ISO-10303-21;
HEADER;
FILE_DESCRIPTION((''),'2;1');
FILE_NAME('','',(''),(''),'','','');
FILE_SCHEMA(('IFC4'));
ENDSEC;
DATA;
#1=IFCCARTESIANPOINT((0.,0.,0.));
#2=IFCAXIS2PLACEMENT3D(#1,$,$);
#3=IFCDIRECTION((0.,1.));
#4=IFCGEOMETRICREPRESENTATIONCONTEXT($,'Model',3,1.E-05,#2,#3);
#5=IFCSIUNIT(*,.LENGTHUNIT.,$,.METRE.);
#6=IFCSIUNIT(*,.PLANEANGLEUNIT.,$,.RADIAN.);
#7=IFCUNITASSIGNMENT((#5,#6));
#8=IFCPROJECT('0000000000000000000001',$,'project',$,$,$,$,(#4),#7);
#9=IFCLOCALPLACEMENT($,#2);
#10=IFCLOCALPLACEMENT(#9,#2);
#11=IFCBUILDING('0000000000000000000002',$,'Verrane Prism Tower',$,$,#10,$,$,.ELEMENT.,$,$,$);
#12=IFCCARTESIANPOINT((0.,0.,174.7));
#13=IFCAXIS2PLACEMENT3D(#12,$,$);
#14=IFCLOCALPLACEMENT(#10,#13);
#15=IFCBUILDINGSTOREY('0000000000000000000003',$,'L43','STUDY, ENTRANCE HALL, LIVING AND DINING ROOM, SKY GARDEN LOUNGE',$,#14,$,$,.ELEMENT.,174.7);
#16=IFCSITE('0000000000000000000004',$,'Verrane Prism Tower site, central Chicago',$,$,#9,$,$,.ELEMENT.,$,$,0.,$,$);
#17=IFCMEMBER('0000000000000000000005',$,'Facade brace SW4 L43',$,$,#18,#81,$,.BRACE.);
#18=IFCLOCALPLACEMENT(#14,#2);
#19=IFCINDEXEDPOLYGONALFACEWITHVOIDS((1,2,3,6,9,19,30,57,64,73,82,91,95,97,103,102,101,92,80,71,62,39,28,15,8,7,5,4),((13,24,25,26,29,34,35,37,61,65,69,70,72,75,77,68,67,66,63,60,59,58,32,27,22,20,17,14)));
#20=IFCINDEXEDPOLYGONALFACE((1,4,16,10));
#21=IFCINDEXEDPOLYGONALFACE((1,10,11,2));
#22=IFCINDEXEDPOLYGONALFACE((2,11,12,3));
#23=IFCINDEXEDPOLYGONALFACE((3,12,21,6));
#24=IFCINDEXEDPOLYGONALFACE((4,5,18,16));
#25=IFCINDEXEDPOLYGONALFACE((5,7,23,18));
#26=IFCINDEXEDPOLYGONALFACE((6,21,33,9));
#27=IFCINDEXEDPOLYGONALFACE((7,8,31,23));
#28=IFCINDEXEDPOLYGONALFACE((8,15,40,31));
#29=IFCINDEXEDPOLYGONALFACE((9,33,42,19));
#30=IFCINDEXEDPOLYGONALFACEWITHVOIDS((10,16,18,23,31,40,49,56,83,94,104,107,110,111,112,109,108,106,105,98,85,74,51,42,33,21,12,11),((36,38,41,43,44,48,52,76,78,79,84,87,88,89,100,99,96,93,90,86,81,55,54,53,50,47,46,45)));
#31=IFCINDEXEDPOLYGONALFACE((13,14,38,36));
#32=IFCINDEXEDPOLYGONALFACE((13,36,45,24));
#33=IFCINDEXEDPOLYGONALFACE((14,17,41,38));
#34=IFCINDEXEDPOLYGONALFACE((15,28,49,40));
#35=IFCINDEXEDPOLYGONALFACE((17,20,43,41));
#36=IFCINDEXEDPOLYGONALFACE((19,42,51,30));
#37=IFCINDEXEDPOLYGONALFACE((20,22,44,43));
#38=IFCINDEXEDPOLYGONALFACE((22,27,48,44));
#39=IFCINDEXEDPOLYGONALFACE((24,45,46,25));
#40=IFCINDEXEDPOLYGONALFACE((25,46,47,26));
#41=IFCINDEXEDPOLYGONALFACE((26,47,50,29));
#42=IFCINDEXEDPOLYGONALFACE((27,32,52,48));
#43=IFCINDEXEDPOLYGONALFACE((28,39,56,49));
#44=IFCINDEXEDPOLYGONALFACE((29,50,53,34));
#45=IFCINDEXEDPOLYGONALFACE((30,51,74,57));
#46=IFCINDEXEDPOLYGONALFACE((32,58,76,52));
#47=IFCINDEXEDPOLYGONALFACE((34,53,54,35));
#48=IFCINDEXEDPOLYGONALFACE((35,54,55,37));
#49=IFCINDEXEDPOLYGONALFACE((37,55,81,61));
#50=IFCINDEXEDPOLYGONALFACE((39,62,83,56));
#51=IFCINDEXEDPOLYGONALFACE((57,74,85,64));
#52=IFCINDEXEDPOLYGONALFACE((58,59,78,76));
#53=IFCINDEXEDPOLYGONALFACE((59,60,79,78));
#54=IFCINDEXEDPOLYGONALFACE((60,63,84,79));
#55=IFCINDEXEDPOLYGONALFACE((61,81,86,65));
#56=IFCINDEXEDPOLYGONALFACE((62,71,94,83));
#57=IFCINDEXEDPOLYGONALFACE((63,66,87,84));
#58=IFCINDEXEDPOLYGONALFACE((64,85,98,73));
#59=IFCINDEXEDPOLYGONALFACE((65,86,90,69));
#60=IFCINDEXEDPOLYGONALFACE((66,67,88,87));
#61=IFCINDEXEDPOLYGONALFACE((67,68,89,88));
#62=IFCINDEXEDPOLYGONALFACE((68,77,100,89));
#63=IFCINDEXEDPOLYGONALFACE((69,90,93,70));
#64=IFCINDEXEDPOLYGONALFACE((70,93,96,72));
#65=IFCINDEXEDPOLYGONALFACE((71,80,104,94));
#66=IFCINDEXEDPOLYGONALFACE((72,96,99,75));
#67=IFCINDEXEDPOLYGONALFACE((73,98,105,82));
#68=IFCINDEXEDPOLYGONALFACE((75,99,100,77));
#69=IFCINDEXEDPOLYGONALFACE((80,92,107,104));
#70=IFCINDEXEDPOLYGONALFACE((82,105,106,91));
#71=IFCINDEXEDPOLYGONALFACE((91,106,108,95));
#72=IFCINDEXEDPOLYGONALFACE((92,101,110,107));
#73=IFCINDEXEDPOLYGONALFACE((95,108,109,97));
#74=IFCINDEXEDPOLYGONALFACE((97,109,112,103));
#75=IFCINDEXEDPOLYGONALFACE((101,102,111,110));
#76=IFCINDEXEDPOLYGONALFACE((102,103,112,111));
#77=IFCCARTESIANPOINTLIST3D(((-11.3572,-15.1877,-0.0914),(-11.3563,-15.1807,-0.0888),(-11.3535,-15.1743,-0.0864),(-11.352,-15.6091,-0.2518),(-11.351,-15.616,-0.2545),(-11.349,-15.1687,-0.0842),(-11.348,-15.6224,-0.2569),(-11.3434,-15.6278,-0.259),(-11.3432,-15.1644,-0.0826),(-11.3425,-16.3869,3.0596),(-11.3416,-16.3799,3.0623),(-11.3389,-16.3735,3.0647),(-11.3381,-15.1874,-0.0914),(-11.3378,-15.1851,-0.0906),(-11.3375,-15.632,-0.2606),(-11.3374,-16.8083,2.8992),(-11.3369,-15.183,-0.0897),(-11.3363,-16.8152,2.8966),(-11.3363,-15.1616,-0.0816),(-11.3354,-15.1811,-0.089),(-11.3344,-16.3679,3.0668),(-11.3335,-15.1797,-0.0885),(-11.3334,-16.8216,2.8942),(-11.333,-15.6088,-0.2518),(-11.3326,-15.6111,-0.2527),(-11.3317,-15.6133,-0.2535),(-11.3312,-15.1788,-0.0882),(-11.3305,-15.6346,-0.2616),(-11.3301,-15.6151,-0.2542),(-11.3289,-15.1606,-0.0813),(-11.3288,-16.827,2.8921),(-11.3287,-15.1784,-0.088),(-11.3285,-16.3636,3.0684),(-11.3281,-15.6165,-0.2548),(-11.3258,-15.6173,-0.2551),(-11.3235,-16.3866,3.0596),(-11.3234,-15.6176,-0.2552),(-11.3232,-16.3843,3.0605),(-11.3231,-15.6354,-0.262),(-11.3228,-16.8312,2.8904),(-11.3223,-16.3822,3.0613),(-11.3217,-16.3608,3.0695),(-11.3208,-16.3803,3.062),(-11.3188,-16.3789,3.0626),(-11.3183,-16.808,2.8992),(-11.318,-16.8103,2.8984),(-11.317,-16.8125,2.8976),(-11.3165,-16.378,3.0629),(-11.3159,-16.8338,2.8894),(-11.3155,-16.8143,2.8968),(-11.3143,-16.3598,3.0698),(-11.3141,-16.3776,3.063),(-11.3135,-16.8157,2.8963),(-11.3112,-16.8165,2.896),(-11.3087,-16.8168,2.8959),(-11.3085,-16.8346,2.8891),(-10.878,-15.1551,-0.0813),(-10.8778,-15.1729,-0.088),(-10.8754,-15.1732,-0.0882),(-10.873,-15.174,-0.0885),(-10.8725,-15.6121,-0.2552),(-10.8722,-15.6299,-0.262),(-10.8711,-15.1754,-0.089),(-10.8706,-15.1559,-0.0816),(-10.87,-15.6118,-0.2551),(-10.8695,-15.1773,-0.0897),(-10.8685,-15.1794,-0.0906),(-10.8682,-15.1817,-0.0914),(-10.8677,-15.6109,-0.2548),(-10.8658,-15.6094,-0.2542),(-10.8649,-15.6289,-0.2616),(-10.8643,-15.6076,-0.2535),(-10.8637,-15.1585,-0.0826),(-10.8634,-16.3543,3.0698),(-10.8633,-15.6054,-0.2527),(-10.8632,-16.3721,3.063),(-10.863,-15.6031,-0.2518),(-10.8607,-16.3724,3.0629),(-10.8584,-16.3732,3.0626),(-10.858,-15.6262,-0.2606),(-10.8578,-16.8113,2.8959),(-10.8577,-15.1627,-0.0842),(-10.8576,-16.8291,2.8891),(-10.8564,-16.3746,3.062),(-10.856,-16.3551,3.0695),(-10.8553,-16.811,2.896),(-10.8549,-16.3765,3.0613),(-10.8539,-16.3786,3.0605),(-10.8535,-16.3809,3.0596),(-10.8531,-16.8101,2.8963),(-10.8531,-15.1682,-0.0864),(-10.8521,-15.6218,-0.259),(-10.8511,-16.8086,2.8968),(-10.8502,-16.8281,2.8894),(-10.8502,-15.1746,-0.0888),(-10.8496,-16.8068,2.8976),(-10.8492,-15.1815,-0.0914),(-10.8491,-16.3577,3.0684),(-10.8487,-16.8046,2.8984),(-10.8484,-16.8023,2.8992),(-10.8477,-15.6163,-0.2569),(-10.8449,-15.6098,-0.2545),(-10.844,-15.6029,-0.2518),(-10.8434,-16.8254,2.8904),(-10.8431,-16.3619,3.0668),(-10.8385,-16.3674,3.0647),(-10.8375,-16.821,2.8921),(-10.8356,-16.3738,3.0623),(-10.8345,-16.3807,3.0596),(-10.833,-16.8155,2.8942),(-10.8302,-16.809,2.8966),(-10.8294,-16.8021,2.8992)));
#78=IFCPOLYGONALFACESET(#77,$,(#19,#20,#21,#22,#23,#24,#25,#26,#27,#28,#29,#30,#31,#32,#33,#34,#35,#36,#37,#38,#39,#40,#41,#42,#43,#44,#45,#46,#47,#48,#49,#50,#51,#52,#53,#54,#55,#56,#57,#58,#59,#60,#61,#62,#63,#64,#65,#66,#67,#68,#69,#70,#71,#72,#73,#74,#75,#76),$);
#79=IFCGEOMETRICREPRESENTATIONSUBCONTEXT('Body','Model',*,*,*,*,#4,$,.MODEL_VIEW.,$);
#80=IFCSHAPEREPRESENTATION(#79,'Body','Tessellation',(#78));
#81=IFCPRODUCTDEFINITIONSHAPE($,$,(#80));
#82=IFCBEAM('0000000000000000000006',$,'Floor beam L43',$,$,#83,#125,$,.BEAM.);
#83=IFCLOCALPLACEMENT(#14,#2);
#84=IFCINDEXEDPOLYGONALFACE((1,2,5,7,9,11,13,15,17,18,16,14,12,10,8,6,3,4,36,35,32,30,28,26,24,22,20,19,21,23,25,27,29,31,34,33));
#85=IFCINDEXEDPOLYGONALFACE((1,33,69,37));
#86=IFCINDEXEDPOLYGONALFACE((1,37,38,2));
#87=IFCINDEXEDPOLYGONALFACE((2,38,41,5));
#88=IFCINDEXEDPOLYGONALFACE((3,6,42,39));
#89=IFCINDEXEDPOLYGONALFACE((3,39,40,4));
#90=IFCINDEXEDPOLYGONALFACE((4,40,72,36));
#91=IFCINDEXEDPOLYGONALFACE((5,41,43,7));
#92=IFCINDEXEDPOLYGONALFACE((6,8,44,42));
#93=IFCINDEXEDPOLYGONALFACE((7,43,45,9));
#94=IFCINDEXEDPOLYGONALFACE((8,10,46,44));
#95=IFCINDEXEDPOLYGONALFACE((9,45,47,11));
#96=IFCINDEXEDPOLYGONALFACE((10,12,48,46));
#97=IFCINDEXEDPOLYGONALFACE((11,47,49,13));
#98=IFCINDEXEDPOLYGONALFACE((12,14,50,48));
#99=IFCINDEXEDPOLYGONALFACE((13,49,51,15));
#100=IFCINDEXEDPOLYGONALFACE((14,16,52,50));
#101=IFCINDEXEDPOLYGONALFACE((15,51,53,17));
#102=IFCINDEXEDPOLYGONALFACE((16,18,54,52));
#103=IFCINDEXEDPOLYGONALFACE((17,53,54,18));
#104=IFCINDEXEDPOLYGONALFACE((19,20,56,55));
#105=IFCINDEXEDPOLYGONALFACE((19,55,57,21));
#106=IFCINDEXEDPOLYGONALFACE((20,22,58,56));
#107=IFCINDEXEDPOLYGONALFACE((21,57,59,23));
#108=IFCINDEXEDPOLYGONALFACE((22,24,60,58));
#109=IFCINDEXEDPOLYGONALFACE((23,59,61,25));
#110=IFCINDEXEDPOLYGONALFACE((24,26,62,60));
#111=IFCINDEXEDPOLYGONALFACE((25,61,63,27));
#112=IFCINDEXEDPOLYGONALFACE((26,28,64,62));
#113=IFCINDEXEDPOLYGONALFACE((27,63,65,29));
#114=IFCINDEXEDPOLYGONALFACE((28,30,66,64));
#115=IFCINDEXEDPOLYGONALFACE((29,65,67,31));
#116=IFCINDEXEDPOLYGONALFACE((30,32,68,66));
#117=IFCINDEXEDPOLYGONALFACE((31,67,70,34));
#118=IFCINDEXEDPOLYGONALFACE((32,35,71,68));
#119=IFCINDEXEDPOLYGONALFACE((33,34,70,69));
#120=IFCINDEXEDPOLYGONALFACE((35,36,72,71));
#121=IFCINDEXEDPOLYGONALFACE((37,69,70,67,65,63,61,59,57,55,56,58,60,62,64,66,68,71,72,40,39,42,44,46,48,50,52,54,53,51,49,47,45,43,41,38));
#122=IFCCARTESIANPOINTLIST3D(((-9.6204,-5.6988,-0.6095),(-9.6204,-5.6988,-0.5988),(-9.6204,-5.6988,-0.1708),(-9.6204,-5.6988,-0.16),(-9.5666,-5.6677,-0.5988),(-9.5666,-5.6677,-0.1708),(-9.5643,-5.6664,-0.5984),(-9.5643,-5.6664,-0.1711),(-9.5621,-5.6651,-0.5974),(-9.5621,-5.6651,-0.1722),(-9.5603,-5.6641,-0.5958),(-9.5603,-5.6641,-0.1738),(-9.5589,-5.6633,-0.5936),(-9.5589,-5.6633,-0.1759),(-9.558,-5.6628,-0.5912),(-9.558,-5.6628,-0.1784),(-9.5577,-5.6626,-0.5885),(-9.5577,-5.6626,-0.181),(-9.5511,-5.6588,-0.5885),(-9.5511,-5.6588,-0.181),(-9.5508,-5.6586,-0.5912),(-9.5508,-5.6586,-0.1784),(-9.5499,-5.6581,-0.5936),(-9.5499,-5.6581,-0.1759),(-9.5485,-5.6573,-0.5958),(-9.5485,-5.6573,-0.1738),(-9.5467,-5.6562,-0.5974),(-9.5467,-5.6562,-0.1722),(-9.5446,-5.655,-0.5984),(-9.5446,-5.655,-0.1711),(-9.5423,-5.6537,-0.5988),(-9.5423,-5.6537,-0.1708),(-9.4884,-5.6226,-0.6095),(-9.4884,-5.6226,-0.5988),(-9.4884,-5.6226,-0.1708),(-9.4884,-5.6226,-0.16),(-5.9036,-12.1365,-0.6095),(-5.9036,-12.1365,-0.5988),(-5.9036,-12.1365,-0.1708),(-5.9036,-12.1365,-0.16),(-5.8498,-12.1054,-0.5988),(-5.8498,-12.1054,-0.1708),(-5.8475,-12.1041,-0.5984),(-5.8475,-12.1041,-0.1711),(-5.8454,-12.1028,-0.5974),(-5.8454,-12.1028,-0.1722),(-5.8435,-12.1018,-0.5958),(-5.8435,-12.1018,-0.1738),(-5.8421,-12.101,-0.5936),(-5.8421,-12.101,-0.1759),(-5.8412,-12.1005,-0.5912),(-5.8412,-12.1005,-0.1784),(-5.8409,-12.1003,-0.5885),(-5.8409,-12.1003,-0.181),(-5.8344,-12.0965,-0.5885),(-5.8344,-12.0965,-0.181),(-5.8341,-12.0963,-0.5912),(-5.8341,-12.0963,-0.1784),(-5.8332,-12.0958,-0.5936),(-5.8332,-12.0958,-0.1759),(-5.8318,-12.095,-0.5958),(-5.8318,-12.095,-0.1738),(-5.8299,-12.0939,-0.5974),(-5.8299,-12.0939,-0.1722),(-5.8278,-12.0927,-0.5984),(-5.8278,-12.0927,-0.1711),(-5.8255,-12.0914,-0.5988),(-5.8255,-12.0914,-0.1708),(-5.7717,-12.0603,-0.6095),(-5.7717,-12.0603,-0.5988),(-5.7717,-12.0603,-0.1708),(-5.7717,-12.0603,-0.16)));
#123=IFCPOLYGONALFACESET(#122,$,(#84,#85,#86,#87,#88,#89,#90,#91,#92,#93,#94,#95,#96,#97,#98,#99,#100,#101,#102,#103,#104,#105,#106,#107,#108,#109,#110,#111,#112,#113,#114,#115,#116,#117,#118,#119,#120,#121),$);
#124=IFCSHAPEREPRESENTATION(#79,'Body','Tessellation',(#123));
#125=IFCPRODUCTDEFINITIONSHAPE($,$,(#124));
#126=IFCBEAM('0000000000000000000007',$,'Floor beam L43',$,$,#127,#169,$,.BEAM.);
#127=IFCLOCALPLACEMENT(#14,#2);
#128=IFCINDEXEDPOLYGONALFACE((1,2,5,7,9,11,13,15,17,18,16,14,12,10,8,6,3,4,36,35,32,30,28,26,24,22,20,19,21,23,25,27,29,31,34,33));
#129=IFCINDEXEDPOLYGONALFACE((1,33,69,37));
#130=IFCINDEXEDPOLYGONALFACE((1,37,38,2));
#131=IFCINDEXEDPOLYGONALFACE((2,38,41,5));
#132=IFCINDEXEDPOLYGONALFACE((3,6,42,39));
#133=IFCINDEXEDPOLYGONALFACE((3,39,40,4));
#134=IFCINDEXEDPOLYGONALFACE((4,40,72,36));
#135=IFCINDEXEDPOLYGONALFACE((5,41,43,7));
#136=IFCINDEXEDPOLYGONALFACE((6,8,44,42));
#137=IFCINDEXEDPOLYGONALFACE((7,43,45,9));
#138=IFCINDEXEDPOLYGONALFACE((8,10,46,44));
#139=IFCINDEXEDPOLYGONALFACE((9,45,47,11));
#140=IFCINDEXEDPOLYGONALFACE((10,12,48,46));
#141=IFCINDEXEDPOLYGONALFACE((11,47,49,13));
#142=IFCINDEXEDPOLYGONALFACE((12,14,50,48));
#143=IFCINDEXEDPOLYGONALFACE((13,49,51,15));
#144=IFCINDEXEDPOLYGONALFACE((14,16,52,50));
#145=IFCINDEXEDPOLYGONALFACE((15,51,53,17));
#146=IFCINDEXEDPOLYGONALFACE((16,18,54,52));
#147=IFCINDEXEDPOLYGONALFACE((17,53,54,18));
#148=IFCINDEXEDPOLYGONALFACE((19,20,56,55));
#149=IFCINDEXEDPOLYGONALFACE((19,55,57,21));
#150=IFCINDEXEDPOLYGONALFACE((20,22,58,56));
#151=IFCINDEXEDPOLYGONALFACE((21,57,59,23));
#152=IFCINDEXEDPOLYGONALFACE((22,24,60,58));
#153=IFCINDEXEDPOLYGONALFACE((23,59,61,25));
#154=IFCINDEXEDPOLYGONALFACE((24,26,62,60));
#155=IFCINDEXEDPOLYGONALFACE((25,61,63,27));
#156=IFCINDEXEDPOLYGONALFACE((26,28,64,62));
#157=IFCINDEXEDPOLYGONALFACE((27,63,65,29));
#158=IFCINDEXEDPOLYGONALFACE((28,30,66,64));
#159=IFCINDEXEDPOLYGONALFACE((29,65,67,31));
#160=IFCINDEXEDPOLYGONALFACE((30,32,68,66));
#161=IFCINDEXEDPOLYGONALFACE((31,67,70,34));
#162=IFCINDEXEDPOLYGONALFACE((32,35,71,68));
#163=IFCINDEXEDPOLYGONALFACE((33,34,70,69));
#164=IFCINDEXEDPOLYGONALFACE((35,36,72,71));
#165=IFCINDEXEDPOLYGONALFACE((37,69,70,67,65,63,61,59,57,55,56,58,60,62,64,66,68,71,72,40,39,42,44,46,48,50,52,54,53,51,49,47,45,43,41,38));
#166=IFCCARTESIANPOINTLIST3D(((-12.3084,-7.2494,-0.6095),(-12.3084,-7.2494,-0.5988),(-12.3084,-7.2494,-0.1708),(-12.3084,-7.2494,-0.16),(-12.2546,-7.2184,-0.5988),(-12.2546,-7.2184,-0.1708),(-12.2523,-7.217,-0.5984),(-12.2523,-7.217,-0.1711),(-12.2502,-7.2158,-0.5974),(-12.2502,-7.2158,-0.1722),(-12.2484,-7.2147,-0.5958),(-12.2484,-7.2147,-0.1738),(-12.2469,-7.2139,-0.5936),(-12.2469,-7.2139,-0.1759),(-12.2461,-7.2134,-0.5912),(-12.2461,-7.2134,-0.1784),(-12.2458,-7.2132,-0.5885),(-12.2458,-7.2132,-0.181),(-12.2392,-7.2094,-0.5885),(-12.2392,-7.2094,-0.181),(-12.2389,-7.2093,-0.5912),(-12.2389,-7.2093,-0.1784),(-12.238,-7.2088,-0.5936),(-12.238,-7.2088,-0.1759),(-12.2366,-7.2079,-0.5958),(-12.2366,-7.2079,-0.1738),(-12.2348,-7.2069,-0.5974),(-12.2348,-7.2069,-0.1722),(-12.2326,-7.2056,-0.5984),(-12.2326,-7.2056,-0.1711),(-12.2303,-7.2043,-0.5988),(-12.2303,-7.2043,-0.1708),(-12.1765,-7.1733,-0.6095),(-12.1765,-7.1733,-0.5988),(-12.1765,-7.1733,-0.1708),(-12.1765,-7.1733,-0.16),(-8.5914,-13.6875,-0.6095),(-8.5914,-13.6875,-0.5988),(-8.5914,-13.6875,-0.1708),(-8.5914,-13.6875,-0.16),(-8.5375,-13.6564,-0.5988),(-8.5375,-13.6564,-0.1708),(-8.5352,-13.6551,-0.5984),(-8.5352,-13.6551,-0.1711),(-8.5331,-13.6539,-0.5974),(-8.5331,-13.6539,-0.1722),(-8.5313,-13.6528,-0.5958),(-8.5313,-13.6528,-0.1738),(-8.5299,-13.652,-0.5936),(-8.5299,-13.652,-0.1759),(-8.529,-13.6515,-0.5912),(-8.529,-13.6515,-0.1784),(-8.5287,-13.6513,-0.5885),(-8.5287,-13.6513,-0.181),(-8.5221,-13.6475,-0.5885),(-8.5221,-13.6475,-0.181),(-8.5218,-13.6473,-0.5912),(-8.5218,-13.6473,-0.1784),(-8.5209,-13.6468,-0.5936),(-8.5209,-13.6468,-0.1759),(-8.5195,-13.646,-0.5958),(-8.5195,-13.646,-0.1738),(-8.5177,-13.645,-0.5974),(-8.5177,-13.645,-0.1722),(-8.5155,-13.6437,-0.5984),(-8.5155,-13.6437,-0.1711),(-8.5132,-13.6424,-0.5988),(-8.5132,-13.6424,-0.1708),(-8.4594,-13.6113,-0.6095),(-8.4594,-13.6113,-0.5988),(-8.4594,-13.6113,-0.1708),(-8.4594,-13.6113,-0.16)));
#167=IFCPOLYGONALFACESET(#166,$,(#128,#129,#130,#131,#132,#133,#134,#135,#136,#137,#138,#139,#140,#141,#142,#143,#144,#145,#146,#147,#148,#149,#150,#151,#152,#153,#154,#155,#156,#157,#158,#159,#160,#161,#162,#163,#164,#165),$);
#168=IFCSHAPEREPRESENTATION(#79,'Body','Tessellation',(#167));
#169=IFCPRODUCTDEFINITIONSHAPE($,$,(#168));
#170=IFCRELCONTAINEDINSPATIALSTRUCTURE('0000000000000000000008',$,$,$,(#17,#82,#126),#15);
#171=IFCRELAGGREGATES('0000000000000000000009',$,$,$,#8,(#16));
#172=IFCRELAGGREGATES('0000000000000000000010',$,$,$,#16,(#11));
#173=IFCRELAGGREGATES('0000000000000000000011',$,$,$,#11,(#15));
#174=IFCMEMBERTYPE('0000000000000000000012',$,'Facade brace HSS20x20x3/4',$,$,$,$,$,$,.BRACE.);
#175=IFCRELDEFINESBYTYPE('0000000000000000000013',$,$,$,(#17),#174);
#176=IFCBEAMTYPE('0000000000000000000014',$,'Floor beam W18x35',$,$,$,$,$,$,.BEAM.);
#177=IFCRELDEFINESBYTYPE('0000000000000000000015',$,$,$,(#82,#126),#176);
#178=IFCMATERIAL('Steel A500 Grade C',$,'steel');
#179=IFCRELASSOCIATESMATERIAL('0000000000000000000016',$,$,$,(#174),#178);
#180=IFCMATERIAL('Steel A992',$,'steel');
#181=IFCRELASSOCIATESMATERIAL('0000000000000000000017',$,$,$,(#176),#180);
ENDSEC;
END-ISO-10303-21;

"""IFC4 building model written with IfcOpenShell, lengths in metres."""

from ifc_helpers import new_model, si_unit, direction, frame, origin, origin_2d, place, context, subcontext, project, spatial, hollow_rectangle, i_section, extrude, material, material_profile, profile_set, type_object, element, save


model = new_model("IFC4")

# Units and contexts
model_context = context("Model", 3, precision=1e-05, world=origin(), true_north=direction((0.0, 1.0)))
body_context = subcontext(model_context, "Body", "Model", "MODEL_VIEW")
ifc_project = project(units=[si_unit("LENGTHUNIT", "METRE"), si_unit("PLANEANGLEUNIT", "RADIAN")], contexts=[model_context])

# Site, building, storey
site_placement = place(None, origin())
site = spatial("IfcSite", under=ifc_project, at=site_placement, Name="Verrane Prism Tower site, central Chicago", CompositionType="ELEMENT", RefElevation=0.0)
building_placement = place(site_placement, origin())
building = spatial("IfcBuilding", under=site, at=building_placement, Name="Verrane Prism Tower", CompositionType="ELEMENT")
storey_placement = place(building_placement, frame((0.0, 0.0, 174.7)))
storey = spatial("IfcBuildingStorey", under=building, at=storey_placement, Name="L43", Description="STUDY, ENTRANCE HALL, LIVING AND DINING ROOM, SKY GARDEN LOUNGE", CompositionType="ELEMENT", Elevation=174.7)

# Member
ifc_material_1 = material(Name="Steel A500 Grade C", Category="steel")
ifc_material_profile_1 = material_profile(ifc_material_1, hollow_rectangle(XDim=0.5081, YDim=0.5081, WallThickness=0.019, InnerFilletRadius=0.0095, OuterFilletRadius=0.0286, at=origin_2d()), Name="HSS20x20x3/4")
ifc_profile_set_1 = profile_set([ifc_material_profile_1], Name="Steel A500 Grade C")
member_type_1 = type_object("IfcMemberType", Name="Facade brace HSS20x20x3/4", PredefinedType="BRACE", material=ifc_profile_set_1)
member_1_placement = place(storey_placement, frame((-11.1006, -15.3953, -0.1716), z_axis=(0.004345, -0.355679, 0.934598), x_axis=(0.999925, 0.012214, 0.0)))
element("IfcMember", 1, at=member_1_placement, inside=storey, type_object=member_type_1, Name="Facade brace SW4 L43", PredefinedType="BRACE", context=body_context, shape_type="SweptSolid", body=[
    extrude(hollow_rectangle(XDim=0.5081, YDim=0.5081, WallThickness=0.019, InnerFilletRadius=0.0095, OuterFilletRadius=0.0286, at=origin_2d()), origin(), (0.0, 0.0, 1.0), 3.3716),
])

# Beams
ifc_material_2 = material(Name="Steel A992", Category="steel")
ifc_material_profile_2 = material_profile(ifc_material_2, i_section(OverallWidth=0.1523, OverallDepth=0.4495, WebThickness=0.0076, FlangeThickness=0.0107, FilletRadius=0.0103, at=origin_2d()), Name="W18x35")
ifc_profile_set_2 = profile_set([ifc_material_profile_2], Name="Steel A992")
beam_type_1 = type_object("IfcBeamType", Name="Floor beam W18x35", PredefinedType="BEAM", material=ifc_profile_set_2)
beam_1_placement = place(storey_placement, frame((-5.8376, -12.0984, -0.3848), z_axis=(-0.499996, 0.866028, 0.0), x_axis=(-0.866028, -0.499996, 0.0)))
element("IfcBeam", 2, at=beam_1_placement, inside=storey, type_object=beam_type_1, Name="Floor beam L43", PredefinedType="BEAM", context=body_context, shape_type="SweptSolid", body=[
    extrude(i_section(OverallWidth=0.1523, OverallDepth=0.4495, WebThickness=0.0076, FlangeThickness=0.0107, FilletRadius=0.0103, at=origin_2d()), origin(), (0.0, 0.0, 1.0), 7.4336),
])
beam_2_placement = place(storey_placement, frame((-8.5254, -13.6494, -0.3848), z_axis=(-0.500007, 0.866022, 0.0), x_axis=(-0.866022, -0.500007, 0.0)))
element("IfcBeam", 3, at=beam_2_placement, inside=storey, type_object=beam_type_1, Name="Floor beam L43", PredefinedType="BEAM", context=body_context, shape_type="SweptSolid", body=[
    extrude(i_section(OverallWidth=0.1523, OverallDepth=0.4495, WebThickness=0.0076, FlangeThickness=0.0107, FilletRadius=0.0103, at=origin_2d()), origin(), (0.0, 0.0, 1.0), 7.4341),
])

save(model, "model.ifc")
